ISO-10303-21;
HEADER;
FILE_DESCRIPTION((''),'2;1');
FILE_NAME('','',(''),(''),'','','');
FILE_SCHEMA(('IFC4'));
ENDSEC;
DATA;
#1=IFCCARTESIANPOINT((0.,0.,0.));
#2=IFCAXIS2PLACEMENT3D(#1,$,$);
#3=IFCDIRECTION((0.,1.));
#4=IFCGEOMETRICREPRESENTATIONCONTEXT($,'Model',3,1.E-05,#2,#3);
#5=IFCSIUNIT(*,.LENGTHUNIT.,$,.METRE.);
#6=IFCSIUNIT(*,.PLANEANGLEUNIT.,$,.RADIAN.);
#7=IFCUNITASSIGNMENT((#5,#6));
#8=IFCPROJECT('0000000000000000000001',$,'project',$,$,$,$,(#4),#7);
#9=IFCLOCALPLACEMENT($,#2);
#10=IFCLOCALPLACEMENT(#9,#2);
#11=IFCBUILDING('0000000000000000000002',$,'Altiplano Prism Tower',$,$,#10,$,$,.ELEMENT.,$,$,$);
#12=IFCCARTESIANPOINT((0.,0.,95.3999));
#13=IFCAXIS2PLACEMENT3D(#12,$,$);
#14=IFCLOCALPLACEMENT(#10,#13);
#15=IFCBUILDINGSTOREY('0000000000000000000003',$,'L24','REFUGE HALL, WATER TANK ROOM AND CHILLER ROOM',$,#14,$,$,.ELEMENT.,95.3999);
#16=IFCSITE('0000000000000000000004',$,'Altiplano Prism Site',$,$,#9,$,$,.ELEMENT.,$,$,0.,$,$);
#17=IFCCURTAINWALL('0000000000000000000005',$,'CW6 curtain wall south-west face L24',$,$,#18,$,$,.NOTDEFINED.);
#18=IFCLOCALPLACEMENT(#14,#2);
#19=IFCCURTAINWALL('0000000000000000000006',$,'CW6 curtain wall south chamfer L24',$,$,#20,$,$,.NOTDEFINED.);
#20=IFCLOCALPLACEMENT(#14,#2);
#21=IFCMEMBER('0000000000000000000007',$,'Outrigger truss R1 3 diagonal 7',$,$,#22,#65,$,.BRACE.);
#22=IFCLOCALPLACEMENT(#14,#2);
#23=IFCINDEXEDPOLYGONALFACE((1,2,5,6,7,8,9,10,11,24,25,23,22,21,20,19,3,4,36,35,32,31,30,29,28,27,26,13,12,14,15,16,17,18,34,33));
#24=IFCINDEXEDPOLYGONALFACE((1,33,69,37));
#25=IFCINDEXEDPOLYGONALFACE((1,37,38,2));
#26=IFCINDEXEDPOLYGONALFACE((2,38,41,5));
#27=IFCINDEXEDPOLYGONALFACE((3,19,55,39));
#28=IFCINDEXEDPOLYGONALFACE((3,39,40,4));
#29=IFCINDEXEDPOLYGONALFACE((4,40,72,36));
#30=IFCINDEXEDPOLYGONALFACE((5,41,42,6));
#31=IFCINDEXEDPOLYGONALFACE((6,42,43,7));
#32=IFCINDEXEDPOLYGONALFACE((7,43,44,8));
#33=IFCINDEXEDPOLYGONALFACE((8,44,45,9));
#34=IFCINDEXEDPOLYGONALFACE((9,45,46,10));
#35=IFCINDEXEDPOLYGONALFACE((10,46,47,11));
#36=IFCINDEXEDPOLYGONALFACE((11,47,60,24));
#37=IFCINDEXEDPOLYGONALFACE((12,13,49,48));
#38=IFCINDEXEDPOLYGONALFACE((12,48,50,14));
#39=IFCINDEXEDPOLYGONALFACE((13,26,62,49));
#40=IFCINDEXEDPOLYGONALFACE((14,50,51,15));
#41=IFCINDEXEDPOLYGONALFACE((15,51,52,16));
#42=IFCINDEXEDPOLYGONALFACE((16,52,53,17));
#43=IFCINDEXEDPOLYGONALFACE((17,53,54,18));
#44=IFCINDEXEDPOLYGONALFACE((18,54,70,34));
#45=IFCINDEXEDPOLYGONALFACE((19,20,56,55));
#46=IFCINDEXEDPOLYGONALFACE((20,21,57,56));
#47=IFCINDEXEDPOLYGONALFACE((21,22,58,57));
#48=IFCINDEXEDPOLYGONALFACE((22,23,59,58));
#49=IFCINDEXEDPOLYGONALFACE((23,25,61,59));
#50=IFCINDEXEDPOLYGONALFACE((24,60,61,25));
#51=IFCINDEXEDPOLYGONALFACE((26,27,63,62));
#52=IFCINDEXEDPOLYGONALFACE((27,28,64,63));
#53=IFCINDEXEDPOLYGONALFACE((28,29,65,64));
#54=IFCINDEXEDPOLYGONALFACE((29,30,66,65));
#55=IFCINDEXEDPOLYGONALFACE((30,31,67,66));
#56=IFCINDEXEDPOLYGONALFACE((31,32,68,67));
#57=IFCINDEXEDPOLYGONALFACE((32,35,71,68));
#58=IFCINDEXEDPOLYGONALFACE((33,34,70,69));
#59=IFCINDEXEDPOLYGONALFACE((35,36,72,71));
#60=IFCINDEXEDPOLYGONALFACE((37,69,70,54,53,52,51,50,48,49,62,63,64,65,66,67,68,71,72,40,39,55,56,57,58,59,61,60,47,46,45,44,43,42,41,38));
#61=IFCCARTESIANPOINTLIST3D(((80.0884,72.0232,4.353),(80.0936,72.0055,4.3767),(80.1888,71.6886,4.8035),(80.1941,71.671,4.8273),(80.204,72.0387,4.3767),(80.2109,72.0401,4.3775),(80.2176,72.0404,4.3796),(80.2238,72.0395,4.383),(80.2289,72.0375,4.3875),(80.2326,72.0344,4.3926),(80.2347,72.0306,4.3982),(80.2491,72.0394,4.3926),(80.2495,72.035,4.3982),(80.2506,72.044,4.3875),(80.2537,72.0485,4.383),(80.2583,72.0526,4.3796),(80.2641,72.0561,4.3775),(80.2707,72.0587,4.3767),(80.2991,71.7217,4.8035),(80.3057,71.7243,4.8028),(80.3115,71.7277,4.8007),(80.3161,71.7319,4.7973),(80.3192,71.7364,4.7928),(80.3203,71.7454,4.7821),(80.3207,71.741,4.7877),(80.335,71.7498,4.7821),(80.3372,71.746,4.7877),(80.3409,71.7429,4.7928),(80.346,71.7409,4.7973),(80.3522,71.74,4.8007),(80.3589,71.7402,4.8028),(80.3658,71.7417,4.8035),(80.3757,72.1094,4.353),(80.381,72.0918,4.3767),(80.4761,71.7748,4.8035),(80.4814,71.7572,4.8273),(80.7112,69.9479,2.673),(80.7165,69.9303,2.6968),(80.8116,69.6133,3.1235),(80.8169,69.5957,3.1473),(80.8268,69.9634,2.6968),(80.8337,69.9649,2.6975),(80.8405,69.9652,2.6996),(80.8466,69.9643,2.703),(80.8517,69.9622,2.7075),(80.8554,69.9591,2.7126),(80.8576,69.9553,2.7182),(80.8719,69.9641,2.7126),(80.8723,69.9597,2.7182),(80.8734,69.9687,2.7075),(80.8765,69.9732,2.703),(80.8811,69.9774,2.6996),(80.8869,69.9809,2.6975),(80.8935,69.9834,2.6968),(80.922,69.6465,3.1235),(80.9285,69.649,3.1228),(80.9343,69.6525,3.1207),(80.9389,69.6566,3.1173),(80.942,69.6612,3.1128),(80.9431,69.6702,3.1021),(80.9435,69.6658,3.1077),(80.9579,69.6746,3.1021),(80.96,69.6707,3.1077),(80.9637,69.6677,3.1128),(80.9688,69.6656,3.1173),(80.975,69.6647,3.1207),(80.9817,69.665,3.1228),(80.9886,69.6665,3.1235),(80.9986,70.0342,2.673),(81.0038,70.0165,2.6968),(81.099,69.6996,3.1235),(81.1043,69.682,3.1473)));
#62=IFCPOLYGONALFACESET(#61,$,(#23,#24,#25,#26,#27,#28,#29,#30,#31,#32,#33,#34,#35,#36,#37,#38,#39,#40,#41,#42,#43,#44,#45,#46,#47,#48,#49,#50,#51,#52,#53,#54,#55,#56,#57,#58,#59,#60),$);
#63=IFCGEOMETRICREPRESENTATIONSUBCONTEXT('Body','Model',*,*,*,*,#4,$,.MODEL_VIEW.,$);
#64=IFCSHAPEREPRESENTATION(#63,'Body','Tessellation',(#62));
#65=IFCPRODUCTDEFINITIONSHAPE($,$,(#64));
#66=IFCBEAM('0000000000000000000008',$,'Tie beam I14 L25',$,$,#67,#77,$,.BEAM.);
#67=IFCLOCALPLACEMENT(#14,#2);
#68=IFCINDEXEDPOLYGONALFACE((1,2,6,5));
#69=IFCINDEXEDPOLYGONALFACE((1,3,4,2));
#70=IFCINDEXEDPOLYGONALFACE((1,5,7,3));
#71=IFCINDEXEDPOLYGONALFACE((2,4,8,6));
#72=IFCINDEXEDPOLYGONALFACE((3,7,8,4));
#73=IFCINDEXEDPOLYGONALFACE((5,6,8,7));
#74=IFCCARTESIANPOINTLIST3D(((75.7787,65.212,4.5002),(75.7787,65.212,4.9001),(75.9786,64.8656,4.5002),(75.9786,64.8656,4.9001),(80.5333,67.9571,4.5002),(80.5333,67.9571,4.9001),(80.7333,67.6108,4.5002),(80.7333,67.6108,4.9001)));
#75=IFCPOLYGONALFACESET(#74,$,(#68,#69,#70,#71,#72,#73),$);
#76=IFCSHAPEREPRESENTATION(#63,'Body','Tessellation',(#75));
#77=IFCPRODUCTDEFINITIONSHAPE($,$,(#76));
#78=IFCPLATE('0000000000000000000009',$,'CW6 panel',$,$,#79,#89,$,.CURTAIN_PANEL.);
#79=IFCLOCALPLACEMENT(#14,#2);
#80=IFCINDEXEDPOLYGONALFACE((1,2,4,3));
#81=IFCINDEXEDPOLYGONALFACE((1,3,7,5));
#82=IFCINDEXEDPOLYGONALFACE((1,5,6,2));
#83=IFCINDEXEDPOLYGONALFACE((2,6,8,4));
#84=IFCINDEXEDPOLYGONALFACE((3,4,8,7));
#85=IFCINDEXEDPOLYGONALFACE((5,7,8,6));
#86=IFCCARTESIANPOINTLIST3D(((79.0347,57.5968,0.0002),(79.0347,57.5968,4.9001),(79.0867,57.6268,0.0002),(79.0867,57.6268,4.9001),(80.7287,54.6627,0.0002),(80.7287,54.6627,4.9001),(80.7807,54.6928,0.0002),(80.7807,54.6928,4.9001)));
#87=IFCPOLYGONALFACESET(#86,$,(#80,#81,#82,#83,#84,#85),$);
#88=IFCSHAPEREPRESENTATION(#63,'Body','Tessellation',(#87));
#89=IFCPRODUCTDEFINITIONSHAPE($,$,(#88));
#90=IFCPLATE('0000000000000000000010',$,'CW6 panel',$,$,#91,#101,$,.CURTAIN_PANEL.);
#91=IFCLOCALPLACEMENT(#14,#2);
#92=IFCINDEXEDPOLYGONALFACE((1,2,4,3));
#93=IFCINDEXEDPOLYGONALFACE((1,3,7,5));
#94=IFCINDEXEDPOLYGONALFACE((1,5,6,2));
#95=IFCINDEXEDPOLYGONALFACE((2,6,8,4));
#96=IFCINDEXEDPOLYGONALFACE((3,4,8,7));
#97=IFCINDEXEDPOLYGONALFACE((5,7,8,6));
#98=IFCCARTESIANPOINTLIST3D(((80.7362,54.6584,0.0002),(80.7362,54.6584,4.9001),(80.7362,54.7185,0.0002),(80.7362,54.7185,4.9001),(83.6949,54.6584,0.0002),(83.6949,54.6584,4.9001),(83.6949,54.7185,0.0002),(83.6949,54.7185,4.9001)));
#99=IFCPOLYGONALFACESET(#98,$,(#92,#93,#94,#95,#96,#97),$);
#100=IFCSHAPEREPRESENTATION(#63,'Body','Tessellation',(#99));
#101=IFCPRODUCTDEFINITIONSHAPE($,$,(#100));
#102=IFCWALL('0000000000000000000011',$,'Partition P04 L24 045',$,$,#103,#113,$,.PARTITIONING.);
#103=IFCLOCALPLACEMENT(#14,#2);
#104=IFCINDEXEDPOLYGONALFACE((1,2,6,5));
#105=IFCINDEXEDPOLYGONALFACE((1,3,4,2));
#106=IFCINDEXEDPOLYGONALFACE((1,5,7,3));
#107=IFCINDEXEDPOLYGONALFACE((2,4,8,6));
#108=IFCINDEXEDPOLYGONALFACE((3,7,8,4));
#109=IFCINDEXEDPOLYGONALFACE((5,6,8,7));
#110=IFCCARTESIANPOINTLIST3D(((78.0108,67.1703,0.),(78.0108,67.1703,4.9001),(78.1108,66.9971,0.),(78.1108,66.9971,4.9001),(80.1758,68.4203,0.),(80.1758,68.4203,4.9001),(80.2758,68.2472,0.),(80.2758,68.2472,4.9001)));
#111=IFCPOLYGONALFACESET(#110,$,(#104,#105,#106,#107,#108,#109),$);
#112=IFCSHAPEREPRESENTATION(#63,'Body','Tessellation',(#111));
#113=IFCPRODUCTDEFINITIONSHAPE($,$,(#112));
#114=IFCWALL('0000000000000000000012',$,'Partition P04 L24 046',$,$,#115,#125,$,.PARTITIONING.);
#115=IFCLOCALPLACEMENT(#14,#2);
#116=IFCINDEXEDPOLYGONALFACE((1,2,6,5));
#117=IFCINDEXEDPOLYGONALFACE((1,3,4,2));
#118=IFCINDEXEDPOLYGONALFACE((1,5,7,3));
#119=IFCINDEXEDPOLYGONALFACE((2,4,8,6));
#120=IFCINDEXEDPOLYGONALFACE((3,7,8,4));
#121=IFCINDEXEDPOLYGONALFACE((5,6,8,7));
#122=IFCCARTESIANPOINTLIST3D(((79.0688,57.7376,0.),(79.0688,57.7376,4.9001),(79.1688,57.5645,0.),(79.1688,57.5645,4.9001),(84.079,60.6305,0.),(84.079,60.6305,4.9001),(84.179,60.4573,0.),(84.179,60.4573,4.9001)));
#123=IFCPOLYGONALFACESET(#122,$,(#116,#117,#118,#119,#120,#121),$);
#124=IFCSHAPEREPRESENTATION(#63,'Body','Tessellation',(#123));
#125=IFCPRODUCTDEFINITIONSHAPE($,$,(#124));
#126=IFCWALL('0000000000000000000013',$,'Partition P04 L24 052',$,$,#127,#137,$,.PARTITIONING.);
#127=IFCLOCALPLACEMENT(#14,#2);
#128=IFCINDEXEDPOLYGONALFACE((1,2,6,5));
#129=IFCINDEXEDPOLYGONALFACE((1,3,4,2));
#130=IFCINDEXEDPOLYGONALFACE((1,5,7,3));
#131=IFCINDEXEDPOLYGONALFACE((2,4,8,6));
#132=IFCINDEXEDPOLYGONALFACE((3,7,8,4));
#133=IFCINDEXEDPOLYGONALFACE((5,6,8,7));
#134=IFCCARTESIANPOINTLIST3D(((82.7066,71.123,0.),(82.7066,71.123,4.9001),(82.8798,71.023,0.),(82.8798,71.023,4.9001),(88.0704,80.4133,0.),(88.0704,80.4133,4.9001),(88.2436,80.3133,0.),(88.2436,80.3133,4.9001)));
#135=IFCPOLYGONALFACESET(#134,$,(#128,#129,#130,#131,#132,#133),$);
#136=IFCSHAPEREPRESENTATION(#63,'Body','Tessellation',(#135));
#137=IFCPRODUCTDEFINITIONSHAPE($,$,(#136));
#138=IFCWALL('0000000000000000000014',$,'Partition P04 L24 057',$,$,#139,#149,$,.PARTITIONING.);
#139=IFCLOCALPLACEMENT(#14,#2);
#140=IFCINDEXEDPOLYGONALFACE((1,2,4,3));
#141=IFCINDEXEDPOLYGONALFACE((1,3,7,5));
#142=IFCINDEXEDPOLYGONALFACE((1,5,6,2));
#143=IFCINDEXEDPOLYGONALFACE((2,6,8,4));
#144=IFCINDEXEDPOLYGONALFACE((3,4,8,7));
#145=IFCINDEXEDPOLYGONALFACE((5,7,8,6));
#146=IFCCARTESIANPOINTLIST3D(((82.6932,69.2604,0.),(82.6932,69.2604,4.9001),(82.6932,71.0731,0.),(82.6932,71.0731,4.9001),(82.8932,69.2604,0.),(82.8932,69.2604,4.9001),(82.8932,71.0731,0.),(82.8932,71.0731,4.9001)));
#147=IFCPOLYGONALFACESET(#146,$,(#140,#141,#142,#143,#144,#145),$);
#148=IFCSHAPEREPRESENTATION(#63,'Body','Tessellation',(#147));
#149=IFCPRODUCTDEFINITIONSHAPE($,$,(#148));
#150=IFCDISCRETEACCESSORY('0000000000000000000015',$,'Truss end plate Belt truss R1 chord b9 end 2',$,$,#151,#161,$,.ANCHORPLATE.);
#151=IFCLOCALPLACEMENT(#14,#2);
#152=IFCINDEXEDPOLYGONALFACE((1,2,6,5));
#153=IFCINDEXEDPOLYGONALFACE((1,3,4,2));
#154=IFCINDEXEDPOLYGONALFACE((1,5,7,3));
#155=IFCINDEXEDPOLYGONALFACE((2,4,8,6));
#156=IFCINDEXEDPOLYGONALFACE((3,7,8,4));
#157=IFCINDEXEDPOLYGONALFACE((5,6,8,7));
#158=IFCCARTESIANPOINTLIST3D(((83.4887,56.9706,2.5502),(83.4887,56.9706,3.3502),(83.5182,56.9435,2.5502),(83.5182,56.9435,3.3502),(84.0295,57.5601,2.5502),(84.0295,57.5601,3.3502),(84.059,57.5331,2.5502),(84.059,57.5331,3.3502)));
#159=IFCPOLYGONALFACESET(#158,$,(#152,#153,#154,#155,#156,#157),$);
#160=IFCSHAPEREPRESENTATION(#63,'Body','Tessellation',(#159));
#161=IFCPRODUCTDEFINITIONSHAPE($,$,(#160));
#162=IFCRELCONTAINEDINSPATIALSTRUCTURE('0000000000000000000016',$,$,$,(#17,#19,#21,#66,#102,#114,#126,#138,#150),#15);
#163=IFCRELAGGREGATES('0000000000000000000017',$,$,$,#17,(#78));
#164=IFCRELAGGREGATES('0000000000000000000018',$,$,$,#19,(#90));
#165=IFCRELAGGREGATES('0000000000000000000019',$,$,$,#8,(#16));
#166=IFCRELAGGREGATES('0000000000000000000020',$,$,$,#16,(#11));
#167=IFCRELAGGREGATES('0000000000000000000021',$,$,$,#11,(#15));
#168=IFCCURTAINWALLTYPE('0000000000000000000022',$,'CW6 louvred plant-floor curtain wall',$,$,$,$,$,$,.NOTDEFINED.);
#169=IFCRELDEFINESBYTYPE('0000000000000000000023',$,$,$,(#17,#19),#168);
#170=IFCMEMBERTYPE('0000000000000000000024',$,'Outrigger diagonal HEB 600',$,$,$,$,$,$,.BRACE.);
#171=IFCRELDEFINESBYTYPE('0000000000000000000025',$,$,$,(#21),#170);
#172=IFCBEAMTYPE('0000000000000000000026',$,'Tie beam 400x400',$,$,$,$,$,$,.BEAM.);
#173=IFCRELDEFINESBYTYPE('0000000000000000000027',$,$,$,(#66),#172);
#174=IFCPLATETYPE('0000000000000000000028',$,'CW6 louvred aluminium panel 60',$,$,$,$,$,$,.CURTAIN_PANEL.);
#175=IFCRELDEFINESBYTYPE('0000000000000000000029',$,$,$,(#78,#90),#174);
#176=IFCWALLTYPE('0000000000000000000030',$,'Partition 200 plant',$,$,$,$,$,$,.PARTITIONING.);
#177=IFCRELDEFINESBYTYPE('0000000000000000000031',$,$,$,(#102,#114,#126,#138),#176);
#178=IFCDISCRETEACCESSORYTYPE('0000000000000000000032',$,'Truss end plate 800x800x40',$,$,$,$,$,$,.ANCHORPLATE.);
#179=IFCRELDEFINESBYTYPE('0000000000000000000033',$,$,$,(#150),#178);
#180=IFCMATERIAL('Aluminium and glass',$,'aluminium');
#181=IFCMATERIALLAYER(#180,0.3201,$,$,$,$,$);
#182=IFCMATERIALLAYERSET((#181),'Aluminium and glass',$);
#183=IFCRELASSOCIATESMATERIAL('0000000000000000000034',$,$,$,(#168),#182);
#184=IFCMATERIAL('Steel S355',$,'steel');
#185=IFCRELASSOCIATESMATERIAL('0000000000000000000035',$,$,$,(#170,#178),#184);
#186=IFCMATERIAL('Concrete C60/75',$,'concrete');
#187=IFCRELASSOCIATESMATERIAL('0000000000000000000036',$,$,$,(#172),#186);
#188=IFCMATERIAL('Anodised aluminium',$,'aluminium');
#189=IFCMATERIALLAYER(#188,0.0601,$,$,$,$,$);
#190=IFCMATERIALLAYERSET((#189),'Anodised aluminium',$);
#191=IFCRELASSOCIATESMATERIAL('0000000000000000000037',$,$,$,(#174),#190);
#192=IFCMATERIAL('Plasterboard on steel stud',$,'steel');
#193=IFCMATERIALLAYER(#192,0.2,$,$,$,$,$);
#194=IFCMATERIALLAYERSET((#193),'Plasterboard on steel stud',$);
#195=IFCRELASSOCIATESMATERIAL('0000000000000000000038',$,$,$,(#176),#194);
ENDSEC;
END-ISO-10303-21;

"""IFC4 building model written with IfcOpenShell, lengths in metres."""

from ifc_helpers import new_model, si_unit, direction, frame, frame_2d, origin, origin_2d, place, context, subcontext, project, spatial, rectangle, i_section, extrude, material, layer, layer_set, material_profile, profile_set, type_object, element, aggregate, save


model = new_model("IFC4")

# Units and contexts
model_context = context("Model", 3, precision=1e-05, world=origin(), true_north=direction((0.0, 1.0)))
body_context = subcontext(model_context, "Body", "Model", "MODEL_VIEW")
ifc_project = project(units=[si_unit("LENGTHUNIT", "METRE"), si_unit("PLANEANGLEUNIT", "RADIAN")], contexts=[model_context])

# Site, building, storey
site_placement = place(None, origin())
site = spatial("IfcSite", under=ifc_project, at=site_placement, Name="Altiplano Prism Site", CompositionType="ELEMENT", RefElevation=0.0)
building_placement = place(site_placement, origin())
building = spatial("IfcBuilding", under=site, at=building_placement, Name="Altiplano Prism Tower", CompositionType="ELEMENT")
storey_placement = place(building_placement, frame((0.0, 0.0, 95.3999)))
storey = spatial("IfcBuildingStorey", under=building, at=storey_placement, Name="L24", Description="REFUGE HALL, WATER TANK ROOM AND CHILLER ROOM", CompositionType="ELEMENT", Elevation=95.3999)

# Shared definitions
ifc_material_1 = material(Name="Concrete C60/75", Category="concrete")

# Curtain walls
ifc_material_2 = material(Name="Aluminium and glass", Category="aluminium")
ifc_layer_1 = layer(ifc_material_2, 0.3201)
ifc_layer_set_1 = layer_set([ifc_layer_1], Name="Aluminium and glass")
curtain_wall_type = type_object("IfcCurtainWallType", Name="CW6 louvred plant-floor curtain wall", PredefinedType="NOTDEFINED", material=ifc_layer_set_1)
curtain_wall_1_placement = place(storey_placement, origin())
curtain_wall_1 = element("IfcCurtainWall", 1, at=curtain_wall_1_placement, inside=storey, type_object=curtain_wall_type, Name="CW6 curtain wall south-west face L24", PredefinedType="NOTDEFINED")
curtain_wall_2_placement = place(storey_placement, origin())
curtain_wall_2 = element("IfcCurtainWall", 2, at=curtain_wall_2_placement, inside=storey, type_object=curtain_wall_type, Name="CW6 curtain wall south chamfer L24", PredefinedType="NOTDEFINED")

# Member
ifc_material_3 = material(Name="Steel S355", Category="steel")
ifc_material_profile_1 = material_profile(ifc_material_3, i_section(OverallWidth=0.3, OverallDepth=0.6001, WebThickness=0.0154, FlangeThickness=0.03, FilletRadius=0.0271, at=origin_2d()), Name="Outrigger diagonal HEB 600")
ifc_profile_set_1 = profile_set([ifc_material_profile_1], Name="Steel S355")
member_type_1 = type_object("IfcMemberType", Name="Outrigger diagonal HEB 600", PredefinedType="BRACE", material=ifc_profile_set_1)
for number, where, z_axis, x_axis, name in (
    (3, (80.9077, 69.8149, 2.9102), (-0.227166, 0.756923, 0.612751), (-0.957795, -0.287451, 0.0), "Outrigger truss R1 3 diagonal 7"),
):
    element("IfcMember", number, at=place(storey_placement, frame(where, z_axis=z_axis, x_axis=x_axis)), inside=storey, type_object=member_type_1, Name=name, PredefinedType="BRACE", context=body_context, shape_type="SweptSolid", body=[
        extrude(i_section(OverallWidth=0.3, OverallDepth=0.6001, WebThickness=0.0154, FlangeThickness=0.03, FilletRadius=0.0271, at=origin_2d()), origin(), (0.0, 0.0, 1.0), 2.7417),
    ])

# Beam
ifc_material_profile_2 = material_profile(ifc_material_1, rectangle(XDim=0.3999, YDim=0.3999, at=origin_2d()), Name="Tie beam 400x400")
ifc_profile_set_2 = profile_set([ifc_material_profile_2], Name="Concrete C60/75")
beam_type = type_object("IfcBeamType", Name="Tie beam 400x400", PredefinedType="BEAM", material=ifc_profile_set_2)
beam_placement = place(storey_placement, frame((80.6333, 67.7839, 4.7002), z_axis=(-0.866023, -0.500003, 0.0), x_axis=(0.500003, -0.866023, 0.0)))
element("IfcBeam", 4, at=beam_placement, inside=storey, type_object=beam_type, Name="Tie beam I14 L25", PredefinedType="BEAM", context=body_context, shape_type="SweptSolid", body=[
    extrude(rectangle(XDim=0.3999, YDim=0.3999, at=origin_2d()), origin(), (0.0, 0.0, 1.0), 5.4902),
])

# Plates
ifc_material_4 = material(Name="Anodised aluminium", Category="aluminium")
ifc_layer_2 = layer(ifc_material_4, 0.0601)
ifc_layer_set_2 = layer_set([ifc_layer_2], Name="Anodised aluminium")
plate_type = type_object("IfcPlateType", Name="CW6 louvred aluminium panel 60", PredefinedType="CURTAIN_PANEL", material=ifc_layer_set_2)
plate_1_placement = place(storey_placement, frame((79.9077, 56.1448, 0.0002), z_axis=(0.0, 0.0, 1.0), x_axis=(0.5, -0.866025, 0.0)))
plate_1 = element("IfcPlate", 5, at=plate_1_placement, type_object=plate_type, Name="CW6 panel", PredefinedType="CURTAIN_PANEL", context=body_context, shape_type="SweptSolid", body=[
    extrude(rectangle(XDim=3.3879, YDim=0.0601, at=origin_2d()), origin(), (0.0, 0.0, 1.0), 4.8999),
])
aggregate(curtain_wall_1, [plate_1])
plate_2_placement = place(storey_placement, frame((82.2156, 54.6885, 0.0002), z_axis=(0.0, 0.0, 1.0), x_axis=(1.0, 0.0, 0.0)))
plate_2 = element("IfcPlate", 6, at=plate_2_placement, type_object=plate_type, Name="CW6 panel", PredefinedType="CURTAIN_PANEL", context=body_context, shape_type="SweptSolid", body=[
    extrude(rectangle(XDim=2.9587, YDim=0.0601, at=origin_2d()), origin(), (0.0, 0.0, 1.0), 4.8999),
])
aggregate(curtain_wall_2, [plate_2])

# Shared definitions
ifc_material_5 = material(Name="Plasterboard on steel stud", Category="steel")
ifc_layer_3 = layer(ifc_material_5, 0.2)
ifc_layer_set_3 = layer_set([ifc_layer_3], Name="Plasterboard on steel stud")
wall_type = type_object("IfcWallType", Name="Partition 200 plant", PredefinedType="PARTITIONING", material=ifc_layer_set_3)

# Walls
wall_1_placement = place(storey_placement, frame((80.2258, 68.3337, 0.0), z_axis=(0.0, 0.0, 1.0), x_axis=(-0.866023, -0.500004, 0.0)))
element("IfcWall", 7, at=wall_1_placement, inside=storey, type_object=wall_type, Name="Partition P04 L24 045", PredefinedType="PARTITIONING", context=body_context, shape_type="SweptSolid", body=[
    extrude(rectangle(XDim=2.5, YDim=0.2, at=frame_2d((1.25, 0.0))), origin(), (0.0, 0.0, 1.0), 4.9001),
])
wall_2_placement = place(storey_placement, frame((79.1189, 57.6511, 0.0), z_axis=(0.0, 0.0, 1.0), x_axis=(0.866014, 0.50002, 0.0)))
element("IfcWall", 8, at=wall_2_placement, inside=storey, type_object=wall_type, Name="Partition P04 L24 046", PredefinedType="PARTITIONING", context=body_context, shape_type="SweptSolid", body=[
    extrude(rectangle(XDim=5.7854, YDim=0.2, at=frame_2d((2.8926, 0.0))), origin(), (0.0, 0.0, 1.0), 4.9001),
])
wall_3_placement = place(storey_placement, frame((82.7932, 71.073, 0.0), z_axis=(0.0, 0.0, 1.0), x_axis=(0.500002, 0.866025, 0.0)))
element("IfcWall", 9, at=wall_3_placement, inside=storey, type_object=wall_type, Name="Partition P04 L24 052", PredefinedType="PARTITIONING", context=body_context, shape_type="SweptSolid", body=[
    extrude(rectangle(XDim=10.7275, YDim=0.2, at=frame_2d((5.3638, 0.0))), origin(), (0.0, 0.0, 1.0), 4.9001),
])
wall_4_placement = place(storey_placement, frame((82.7932, 71.073, 0.0), z_axis=(0.0, 0.0, 1.0), x_axis=(0.0, -1.0, 0.0)))
element("IfcWall", 10, at=wall_4_placement, inside=storey, type_object=wall_type, Name="Partition P04 L24 057", PredefinedType="PARTITIONING", context=body_context, shape_type="SweptSolid", body=[
    extrude(rectangle(XDim=1.8127, YDim=0.2, at=frame_2d((0.9062, 0.0))), origin(), (0.0, 0.0, 1.0), 4.9001),
])

# Discrete accessory
ifc_material_profile_3 = material_profile(ifc_material_3, rectangle(XDim=0.8, YDim=0.8, at=origin_2d()), Name="Truss end plate 800x800x40")
ifc_profile_set_3 = profile_set([ifc_material_profile_3], Name="Steel S355")
discrete_accessory_type = type_object("IfcDiscreteAccessoryType", Name="Truss end plate 800x800x40", PredefinedType="ANCHORPLATE", material=ifc_profile_set_3)
discrete_accessory_placement = place(storey_placement, frame((83.7886, 57.2383, 2.9502), z_axis=(-0.736901, 0.676, 0.0), x_axis=(-0.676, -0.736901, 0.0)))
element("IfcDiscreteAccessory", 11, at=discrete_accessory_placement, inside=storey, type_object=discrete_accessory_type, Name="Truss end plate Belt truss R1 chord b9 end 2", PredefinedType="ANCHORPLATE", context=body_context, shape_type="SweptSolid", body=[
    extrude(rectangle(XDim=0.8, YDim=0.8, at=origin_2d()), origin(), (0.0, 0.0, 1.0), 0.04),
])

save(model, "model.ifc")
